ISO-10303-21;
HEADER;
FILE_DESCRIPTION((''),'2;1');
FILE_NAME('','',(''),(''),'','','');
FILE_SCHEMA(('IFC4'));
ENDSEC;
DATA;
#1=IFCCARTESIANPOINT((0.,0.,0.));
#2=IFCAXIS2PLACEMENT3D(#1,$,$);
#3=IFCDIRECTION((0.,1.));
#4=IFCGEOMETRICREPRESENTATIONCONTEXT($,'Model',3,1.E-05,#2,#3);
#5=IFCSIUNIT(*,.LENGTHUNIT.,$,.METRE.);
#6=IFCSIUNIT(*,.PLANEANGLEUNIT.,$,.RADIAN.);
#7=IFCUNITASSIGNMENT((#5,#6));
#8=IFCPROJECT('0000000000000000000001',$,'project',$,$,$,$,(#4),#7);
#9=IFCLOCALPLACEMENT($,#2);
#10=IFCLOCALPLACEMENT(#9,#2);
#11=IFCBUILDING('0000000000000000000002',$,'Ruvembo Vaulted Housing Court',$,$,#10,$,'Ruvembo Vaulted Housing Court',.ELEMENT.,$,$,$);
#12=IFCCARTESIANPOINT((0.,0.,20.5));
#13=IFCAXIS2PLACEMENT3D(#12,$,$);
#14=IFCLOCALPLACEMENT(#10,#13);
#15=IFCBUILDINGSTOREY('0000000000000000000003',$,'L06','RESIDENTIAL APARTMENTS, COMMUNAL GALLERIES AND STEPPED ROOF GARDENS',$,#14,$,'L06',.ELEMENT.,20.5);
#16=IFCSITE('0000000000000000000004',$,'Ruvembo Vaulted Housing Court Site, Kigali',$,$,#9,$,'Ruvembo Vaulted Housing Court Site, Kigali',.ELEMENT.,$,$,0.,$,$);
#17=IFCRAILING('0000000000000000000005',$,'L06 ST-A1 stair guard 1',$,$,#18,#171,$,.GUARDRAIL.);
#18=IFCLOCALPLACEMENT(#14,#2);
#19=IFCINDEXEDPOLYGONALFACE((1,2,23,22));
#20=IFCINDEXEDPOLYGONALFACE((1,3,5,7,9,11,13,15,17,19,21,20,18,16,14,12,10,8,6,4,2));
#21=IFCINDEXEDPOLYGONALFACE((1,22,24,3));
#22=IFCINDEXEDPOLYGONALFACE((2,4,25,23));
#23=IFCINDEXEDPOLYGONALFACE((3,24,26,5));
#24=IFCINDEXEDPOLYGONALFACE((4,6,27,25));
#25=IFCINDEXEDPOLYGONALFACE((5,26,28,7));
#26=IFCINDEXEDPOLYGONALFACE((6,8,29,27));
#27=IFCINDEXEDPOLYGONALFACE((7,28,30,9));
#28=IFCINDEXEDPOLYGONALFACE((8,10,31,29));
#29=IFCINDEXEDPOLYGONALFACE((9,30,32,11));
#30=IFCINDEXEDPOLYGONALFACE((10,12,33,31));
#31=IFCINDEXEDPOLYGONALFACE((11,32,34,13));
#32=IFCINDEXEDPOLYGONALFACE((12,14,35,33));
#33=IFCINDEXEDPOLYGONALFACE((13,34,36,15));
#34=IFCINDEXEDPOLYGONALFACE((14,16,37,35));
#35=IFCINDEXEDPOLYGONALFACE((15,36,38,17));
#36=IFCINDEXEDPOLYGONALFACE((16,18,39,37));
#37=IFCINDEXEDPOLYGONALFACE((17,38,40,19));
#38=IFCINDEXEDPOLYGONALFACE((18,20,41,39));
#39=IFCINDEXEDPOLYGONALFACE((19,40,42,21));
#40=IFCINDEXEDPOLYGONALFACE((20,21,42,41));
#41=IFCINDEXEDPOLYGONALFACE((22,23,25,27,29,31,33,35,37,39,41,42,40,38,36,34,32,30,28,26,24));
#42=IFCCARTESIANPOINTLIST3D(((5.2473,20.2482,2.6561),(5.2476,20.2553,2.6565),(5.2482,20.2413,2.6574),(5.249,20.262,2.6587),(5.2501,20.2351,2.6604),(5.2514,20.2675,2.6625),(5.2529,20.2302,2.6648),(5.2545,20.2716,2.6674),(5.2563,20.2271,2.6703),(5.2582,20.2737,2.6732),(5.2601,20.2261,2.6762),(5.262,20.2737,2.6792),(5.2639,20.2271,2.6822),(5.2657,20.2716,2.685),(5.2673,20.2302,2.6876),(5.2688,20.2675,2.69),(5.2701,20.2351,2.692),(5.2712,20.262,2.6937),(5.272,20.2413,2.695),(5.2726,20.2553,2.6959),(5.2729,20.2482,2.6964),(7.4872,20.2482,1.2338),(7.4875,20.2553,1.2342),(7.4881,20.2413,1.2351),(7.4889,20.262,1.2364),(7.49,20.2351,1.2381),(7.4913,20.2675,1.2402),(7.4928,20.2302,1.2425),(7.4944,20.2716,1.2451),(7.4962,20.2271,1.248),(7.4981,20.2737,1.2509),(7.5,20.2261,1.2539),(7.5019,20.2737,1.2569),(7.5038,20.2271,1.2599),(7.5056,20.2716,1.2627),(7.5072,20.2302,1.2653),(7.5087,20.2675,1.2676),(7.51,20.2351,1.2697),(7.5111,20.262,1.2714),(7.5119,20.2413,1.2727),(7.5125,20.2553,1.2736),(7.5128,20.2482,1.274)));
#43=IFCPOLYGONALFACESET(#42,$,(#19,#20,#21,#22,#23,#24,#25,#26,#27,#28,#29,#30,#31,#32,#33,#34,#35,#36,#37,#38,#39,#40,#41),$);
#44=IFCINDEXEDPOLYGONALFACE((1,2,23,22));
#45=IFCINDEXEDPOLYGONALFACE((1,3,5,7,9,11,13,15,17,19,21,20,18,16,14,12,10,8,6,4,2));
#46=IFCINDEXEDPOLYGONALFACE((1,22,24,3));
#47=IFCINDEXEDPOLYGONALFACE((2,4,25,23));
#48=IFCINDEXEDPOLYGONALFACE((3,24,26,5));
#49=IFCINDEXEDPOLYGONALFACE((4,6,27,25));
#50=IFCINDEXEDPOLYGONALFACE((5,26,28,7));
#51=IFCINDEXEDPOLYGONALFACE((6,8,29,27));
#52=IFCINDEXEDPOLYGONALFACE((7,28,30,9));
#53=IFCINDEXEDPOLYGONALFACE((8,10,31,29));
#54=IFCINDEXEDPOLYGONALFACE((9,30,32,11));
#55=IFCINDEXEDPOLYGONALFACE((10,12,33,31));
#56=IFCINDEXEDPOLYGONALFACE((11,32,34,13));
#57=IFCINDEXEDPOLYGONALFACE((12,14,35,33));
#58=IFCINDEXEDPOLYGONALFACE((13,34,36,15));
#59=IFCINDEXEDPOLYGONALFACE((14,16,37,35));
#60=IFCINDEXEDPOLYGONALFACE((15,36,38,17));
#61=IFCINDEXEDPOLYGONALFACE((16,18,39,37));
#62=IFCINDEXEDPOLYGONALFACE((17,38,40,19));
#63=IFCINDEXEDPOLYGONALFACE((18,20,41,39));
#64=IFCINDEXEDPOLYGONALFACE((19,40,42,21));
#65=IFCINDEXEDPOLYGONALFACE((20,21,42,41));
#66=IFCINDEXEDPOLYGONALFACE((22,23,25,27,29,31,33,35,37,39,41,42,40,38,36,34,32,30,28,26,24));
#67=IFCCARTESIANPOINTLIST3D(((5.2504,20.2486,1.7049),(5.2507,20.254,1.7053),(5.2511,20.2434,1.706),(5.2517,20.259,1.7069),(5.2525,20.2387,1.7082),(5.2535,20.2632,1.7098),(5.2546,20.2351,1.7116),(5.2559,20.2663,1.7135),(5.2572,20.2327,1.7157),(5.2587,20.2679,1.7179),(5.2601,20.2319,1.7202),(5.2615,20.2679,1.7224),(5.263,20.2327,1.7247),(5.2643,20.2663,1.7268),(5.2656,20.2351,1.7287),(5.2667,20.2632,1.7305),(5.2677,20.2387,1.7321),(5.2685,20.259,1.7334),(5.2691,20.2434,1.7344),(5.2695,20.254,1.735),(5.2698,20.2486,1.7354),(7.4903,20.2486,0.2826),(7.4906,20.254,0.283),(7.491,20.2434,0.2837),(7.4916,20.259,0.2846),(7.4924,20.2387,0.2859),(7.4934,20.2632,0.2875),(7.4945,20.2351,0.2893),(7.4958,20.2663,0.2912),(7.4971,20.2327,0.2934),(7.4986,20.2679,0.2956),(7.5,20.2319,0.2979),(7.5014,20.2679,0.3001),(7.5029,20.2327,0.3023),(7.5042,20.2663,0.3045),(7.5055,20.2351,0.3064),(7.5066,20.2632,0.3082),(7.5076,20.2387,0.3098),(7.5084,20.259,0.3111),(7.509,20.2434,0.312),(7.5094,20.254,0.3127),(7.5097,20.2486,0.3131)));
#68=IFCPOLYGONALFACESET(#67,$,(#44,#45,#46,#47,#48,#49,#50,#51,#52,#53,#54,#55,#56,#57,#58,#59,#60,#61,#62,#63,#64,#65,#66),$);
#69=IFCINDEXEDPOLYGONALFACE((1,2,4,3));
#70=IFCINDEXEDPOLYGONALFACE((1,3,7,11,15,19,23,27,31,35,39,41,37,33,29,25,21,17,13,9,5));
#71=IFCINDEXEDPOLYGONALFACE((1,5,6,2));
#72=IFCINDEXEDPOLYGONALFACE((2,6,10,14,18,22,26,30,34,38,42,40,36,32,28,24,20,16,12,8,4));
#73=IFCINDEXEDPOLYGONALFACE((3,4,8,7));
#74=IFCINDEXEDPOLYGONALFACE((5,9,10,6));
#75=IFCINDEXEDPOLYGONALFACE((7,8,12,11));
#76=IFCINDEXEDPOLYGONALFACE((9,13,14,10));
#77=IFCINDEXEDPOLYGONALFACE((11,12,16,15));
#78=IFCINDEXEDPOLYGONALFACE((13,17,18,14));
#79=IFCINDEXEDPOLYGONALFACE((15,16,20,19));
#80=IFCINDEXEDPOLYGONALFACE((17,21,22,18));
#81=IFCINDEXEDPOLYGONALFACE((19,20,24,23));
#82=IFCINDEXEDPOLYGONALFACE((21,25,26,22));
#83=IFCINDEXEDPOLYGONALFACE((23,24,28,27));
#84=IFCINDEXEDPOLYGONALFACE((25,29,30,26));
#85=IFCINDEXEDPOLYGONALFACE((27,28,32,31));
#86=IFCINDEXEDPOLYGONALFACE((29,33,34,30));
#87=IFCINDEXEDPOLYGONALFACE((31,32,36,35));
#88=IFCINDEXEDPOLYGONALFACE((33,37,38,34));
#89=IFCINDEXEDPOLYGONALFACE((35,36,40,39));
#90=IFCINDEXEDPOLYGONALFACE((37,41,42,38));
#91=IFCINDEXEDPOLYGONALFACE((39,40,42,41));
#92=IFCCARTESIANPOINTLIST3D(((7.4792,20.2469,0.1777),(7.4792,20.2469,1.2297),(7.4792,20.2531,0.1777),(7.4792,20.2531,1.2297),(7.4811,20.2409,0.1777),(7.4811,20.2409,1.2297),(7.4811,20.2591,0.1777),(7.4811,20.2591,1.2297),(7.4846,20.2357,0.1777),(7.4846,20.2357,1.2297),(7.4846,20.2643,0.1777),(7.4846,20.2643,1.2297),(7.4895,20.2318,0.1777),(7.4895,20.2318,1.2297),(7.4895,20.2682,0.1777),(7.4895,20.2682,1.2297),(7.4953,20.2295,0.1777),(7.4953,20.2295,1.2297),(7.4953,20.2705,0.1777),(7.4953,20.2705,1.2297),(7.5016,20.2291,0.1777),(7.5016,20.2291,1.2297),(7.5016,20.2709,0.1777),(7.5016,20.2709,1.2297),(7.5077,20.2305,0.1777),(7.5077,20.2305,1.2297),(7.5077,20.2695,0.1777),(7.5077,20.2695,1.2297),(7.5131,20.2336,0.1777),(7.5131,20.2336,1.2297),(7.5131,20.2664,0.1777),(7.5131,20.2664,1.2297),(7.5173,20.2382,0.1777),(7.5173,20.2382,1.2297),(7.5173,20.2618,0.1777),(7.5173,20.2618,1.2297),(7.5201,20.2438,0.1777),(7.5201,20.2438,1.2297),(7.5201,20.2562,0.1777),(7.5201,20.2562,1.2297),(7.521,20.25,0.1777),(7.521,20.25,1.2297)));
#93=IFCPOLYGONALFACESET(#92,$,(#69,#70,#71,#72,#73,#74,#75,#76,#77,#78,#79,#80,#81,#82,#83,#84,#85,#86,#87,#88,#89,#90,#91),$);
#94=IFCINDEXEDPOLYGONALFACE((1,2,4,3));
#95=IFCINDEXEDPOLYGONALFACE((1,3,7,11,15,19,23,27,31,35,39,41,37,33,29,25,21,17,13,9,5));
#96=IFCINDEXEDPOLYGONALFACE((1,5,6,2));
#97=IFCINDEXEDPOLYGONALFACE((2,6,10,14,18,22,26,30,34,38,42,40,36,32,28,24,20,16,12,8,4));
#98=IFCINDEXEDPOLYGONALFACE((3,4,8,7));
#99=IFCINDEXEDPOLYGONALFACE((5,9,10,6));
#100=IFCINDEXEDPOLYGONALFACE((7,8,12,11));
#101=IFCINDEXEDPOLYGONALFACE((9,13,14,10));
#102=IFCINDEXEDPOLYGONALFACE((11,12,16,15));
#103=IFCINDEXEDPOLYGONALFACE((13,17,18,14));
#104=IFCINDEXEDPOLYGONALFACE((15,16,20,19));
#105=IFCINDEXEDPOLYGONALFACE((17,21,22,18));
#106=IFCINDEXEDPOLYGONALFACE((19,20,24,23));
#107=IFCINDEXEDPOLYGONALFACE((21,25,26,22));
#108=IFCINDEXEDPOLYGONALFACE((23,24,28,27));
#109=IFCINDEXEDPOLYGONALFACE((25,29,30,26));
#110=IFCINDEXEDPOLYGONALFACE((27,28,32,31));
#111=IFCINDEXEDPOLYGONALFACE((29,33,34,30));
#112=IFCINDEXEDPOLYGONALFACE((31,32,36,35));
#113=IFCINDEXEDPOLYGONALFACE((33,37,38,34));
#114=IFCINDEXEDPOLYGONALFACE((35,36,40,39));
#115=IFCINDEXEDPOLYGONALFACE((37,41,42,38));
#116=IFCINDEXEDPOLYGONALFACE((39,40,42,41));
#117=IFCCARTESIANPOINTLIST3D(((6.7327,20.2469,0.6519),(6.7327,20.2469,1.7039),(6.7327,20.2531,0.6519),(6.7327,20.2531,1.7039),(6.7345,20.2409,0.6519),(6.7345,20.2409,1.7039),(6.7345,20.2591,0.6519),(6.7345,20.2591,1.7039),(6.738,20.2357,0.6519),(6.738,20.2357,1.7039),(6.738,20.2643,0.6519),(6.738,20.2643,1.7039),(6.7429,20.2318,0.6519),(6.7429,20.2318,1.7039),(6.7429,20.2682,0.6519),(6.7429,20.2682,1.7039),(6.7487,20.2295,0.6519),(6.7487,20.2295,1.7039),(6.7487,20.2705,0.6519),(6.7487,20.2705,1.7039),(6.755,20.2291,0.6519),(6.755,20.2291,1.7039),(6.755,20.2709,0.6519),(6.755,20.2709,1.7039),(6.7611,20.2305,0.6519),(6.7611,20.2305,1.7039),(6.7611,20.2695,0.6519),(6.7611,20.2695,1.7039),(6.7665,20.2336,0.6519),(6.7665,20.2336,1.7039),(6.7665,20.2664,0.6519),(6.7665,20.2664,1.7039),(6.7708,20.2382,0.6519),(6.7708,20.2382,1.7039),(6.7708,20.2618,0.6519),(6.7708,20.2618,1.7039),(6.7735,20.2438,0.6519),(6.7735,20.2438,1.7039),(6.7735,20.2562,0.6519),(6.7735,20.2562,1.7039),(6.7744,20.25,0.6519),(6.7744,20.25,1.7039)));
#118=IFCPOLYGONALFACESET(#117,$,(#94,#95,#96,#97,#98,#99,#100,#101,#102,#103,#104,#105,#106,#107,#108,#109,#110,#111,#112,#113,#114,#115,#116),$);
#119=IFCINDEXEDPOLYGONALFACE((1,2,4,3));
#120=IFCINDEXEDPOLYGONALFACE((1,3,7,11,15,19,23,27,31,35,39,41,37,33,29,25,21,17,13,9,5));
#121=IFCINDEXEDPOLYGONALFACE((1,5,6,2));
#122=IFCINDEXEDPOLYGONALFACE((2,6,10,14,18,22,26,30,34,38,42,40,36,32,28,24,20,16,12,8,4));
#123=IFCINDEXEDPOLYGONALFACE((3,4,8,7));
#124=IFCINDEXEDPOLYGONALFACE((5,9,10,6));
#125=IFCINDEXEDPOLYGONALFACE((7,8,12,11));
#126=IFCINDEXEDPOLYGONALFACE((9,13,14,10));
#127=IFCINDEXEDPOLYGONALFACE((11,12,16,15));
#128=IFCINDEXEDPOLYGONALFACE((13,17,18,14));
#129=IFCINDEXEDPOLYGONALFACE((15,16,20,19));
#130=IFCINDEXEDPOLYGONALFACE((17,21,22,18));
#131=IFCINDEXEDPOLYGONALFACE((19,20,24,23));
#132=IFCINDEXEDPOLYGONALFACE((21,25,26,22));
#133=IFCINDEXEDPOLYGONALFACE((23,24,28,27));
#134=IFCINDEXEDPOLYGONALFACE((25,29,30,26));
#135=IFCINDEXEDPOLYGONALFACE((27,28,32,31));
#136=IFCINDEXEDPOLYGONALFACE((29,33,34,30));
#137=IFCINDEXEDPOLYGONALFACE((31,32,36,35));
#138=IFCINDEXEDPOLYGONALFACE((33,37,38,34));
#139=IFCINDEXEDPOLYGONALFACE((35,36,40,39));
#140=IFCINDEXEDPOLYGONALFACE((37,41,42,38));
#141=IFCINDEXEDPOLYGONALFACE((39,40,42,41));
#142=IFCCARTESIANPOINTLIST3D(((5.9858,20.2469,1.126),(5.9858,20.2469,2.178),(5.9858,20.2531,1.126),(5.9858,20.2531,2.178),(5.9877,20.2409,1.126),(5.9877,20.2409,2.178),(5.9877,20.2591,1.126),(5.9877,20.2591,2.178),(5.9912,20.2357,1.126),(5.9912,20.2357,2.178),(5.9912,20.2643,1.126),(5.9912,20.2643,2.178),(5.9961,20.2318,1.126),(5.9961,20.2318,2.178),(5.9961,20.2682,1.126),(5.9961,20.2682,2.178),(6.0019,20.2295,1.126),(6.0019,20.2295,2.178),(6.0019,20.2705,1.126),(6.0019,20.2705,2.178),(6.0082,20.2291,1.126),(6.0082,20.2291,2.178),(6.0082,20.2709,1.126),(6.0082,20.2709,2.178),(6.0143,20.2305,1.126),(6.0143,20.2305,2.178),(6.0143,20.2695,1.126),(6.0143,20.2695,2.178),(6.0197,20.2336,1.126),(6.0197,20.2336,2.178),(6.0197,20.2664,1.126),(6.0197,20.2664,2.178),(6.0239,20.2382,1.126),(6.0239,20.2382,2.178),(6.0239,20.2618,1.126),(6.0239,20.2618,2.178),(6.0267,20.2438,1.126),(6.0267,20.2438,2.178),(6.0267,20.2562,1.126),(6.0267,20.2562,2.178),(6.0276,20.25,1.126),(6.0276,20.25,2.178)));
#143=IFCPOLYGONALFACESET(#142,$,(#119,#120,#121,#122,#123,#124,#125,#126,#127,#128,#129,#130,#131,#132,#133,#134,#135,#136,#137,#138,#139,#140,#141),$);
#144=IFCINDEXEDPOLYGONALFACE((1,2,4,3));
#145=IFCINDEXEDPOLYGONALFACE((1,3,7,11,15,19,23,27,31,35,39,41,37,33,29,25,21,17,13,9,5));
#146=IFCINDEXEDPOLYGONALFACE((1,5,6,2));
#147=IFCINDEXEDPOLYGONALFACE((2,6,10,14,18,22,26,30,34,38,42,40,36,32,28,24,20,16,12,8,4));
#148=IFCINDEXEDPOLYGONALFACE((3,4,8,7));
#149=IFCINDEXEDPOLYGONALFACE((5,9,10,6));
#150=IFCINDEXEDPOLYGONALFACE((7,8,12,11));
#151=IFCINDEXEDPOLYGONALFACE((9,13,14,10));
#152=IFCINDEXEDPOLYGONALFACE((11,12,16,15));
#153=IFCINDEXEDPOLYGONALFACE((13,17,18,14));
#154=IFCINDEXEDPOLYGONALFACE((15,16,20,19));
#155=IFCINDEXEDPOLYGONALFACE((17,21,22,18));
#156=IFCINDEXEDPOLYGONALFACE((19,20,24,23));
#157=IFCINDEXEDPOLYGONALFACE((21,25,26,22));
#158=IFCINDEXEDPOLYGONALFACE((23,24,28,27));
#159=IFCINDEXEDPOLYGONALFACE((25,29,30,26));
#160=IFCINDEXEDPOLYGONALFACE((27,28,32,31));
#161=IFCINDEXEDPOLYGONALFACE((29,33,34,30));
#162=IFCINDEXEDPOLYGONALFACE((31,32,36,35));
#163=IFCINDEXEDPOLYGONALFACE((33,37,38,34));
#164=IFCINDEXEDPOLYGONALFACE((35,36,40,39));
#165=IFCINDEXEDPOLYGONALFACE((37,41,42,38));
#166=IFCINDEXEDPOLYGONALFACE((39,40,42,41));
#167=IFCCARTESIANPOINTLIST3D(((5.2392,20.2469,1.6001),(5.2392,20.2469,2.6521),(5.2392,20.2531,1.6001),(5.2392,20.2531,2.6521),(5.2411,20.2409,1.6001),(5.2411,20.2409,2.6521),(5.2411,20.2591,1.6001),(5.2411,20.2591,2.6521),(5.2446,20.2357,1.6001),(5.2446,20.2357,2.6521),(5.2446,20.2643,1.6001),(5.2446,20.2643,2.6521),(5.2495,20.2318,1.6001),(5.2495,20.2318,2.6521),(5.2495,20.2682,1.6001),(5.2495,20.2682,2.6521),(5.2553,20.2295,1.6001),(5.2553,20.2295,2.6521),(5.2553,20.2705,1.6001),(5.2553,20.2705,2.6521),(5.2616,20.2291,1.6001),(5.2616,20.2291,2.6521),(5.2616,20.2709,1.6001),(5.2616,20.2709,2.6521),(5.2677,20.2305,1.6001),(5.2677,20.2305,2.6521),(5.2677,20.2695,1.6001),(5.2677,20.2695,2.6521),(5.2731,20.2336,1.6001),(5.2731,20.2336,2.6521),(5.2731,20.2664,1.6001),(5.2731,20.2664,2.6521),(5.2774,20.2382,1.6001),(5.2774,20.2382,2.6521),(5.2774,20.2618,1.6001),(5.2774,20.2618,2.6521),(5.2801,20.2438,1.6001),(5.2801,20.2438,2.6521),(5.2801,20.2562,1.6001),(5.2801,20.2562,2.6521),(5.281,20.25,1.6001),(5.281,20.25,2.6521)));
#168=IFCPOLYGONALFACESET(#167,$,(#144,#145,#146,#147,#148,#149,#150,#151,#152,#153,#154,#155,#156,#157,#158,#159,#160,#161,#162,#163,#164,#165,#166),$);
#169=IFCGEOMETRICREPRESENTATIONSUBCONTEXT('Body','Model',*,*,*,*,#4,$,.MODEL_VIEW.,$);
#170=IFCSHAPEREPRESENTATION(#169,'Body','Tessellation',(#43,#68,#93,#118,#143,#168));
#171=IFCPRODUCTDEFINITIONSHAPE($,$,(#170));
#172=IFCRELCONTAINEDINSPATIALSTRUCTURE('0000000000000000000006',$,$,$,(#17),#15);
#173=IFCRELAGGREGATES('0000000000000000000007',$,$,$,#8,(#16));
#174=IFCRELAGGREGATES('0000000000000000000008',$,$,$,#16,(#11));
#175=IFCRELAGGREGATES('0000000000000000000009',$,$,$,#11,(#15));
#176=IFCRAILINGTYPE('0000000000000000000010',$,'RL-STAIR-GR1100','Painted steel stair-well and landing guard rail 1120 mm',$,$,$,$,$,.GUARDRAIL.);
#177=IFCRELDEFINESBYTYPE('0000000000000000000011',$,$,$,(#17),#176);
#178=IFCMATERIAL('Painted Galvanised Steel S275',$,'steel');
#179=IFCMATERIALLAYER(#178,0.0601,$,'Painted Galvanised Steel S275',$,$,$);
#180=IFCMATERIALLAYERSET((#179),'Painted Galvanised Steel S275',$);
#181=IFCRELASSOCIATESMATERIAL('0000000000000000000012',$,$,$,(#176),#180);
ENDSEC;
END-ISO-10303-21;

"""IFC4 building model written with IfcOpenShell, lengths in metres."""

from ifc_helpers import new_model, si_unit, direction, frame, origin, origin_2d, place, context, subcontext, project, spatial, circle, extrude, material, layer, layer_set, type_object, element, save


model = new_model("IFC4")

# Units and contexts
model_context = context("Model", 3, precision=1e-05, world=origin(), true_north=direction((0.0, 1.0)))
body_context = subcontext(model_context, "Body", "Model", "MODEL_VIEW")
ifc_project = project(units=[si_unit("LENGTHUNIT", "METRE"), si_unit("PLANEANGLEUNIT", "RADIAN")], contexts=[model_context])

# Site, building, storey
site_placement = place(None, origin())
site = spatial("IfcSite", under=ifc_project, at=site_placement, Name="Ruvembo Vaulted Housing Court Site, Kigali", LongName="Ruvembo Vaulted Housing Court Site, Kigali", CompositionType="ELEMENT", RefElevation=0.0)
building_placement = place(site_placement, origin())
building = spatial("IfcBuilding", under=site, at=building_placement, Name="Ruvembo Vaulted Housing Court", LongName="Ruvembo Vaulted Housing Court", CompositionType="ELEMENT")
storey_placement = place(building_placement, frame((0.0, 0.0, 20.5)))
storey = spatial("IfcBuildingStorey", under=building, at=storey_placement, Name="L06", Description="RESIDENTIAL APARTMENTS, COMMUNAL GALLERIES AND STEPPED ROOF GARDENS", LongName="L06", CompositionType="ELEMENT", Elevation=20.5)

# Railing
ifc_material_1 = material(Name="Painted Galvanised Steel S275", Category="steel")
ifc_layer_1 = layer(ifc_material_1, 0.0601, Name="Painted Galvanised Steel S275")
ifc_layer_set_1 = layer_set([ifc_layer_1], Name="Painted Galvanised Steel S275")
railing_type_1 = type_object("IfcRailingType", Name="RL-STAIR-GR1100", Description="Painted steel stair-well and landing guard rail 1120 mm", PredefinedType="GUARDRAIL", material=ifc_layer_set_1)
railing_1_placement = place(storey_placement, frame((7.5, 20.25, 0.1777)))
element("IfcRailing", 1, at=railing_1_placement, inside=storey, type_object=railing_type_1, Name="L06 ST-A1 stair guard 1", PredefinedType="GUARDRAIL", context=body_context, shape_type="SweptSolid", body=[
    extrude(circle(Radius=0.0239, at=origin_2d()), frame((0.0, 0.0, 1.0762), z_axis=(-0.844188, 0.0, 0.536048), x_axis=(0.0, -1.0, 0.0)), (0.0, 0.0, 1.0), 2.6533),
    extrude(circle(Radius=0.0181, at=origin_2d()), frame((0.0, 0.0, 0.1201), z_axis=(-0.844188, 0.0, 0.536048), x_axis=(0.0, -1.0, 0.0)), (0.0, 0.0, 1.0), 2.6533),
    extrude(circle(Radius=0.021, at=origin_2d()), origin(), (0.0, 0.0, 1.0), 1.052),
    extrude(circle(Radius=0.021, at=origin_2d()), frame((-0.7466, 0.0, 0.4741)), (0.0, 0.0, 1.0), 1.052),
    extrude(circle(Radius=0.021, at=origin_2d()), frame((-1.4934, 0.0, 0.9482)), (0.0, 0.0, 1.0), 1.052),
    extrude(circle(Radius=0.021, at=origin_2d()), frame((-2.24, 0.0, 1.4224)), (0.0, 0.0, 1.0), 1.052),
])

save(model, "model.ifc")
